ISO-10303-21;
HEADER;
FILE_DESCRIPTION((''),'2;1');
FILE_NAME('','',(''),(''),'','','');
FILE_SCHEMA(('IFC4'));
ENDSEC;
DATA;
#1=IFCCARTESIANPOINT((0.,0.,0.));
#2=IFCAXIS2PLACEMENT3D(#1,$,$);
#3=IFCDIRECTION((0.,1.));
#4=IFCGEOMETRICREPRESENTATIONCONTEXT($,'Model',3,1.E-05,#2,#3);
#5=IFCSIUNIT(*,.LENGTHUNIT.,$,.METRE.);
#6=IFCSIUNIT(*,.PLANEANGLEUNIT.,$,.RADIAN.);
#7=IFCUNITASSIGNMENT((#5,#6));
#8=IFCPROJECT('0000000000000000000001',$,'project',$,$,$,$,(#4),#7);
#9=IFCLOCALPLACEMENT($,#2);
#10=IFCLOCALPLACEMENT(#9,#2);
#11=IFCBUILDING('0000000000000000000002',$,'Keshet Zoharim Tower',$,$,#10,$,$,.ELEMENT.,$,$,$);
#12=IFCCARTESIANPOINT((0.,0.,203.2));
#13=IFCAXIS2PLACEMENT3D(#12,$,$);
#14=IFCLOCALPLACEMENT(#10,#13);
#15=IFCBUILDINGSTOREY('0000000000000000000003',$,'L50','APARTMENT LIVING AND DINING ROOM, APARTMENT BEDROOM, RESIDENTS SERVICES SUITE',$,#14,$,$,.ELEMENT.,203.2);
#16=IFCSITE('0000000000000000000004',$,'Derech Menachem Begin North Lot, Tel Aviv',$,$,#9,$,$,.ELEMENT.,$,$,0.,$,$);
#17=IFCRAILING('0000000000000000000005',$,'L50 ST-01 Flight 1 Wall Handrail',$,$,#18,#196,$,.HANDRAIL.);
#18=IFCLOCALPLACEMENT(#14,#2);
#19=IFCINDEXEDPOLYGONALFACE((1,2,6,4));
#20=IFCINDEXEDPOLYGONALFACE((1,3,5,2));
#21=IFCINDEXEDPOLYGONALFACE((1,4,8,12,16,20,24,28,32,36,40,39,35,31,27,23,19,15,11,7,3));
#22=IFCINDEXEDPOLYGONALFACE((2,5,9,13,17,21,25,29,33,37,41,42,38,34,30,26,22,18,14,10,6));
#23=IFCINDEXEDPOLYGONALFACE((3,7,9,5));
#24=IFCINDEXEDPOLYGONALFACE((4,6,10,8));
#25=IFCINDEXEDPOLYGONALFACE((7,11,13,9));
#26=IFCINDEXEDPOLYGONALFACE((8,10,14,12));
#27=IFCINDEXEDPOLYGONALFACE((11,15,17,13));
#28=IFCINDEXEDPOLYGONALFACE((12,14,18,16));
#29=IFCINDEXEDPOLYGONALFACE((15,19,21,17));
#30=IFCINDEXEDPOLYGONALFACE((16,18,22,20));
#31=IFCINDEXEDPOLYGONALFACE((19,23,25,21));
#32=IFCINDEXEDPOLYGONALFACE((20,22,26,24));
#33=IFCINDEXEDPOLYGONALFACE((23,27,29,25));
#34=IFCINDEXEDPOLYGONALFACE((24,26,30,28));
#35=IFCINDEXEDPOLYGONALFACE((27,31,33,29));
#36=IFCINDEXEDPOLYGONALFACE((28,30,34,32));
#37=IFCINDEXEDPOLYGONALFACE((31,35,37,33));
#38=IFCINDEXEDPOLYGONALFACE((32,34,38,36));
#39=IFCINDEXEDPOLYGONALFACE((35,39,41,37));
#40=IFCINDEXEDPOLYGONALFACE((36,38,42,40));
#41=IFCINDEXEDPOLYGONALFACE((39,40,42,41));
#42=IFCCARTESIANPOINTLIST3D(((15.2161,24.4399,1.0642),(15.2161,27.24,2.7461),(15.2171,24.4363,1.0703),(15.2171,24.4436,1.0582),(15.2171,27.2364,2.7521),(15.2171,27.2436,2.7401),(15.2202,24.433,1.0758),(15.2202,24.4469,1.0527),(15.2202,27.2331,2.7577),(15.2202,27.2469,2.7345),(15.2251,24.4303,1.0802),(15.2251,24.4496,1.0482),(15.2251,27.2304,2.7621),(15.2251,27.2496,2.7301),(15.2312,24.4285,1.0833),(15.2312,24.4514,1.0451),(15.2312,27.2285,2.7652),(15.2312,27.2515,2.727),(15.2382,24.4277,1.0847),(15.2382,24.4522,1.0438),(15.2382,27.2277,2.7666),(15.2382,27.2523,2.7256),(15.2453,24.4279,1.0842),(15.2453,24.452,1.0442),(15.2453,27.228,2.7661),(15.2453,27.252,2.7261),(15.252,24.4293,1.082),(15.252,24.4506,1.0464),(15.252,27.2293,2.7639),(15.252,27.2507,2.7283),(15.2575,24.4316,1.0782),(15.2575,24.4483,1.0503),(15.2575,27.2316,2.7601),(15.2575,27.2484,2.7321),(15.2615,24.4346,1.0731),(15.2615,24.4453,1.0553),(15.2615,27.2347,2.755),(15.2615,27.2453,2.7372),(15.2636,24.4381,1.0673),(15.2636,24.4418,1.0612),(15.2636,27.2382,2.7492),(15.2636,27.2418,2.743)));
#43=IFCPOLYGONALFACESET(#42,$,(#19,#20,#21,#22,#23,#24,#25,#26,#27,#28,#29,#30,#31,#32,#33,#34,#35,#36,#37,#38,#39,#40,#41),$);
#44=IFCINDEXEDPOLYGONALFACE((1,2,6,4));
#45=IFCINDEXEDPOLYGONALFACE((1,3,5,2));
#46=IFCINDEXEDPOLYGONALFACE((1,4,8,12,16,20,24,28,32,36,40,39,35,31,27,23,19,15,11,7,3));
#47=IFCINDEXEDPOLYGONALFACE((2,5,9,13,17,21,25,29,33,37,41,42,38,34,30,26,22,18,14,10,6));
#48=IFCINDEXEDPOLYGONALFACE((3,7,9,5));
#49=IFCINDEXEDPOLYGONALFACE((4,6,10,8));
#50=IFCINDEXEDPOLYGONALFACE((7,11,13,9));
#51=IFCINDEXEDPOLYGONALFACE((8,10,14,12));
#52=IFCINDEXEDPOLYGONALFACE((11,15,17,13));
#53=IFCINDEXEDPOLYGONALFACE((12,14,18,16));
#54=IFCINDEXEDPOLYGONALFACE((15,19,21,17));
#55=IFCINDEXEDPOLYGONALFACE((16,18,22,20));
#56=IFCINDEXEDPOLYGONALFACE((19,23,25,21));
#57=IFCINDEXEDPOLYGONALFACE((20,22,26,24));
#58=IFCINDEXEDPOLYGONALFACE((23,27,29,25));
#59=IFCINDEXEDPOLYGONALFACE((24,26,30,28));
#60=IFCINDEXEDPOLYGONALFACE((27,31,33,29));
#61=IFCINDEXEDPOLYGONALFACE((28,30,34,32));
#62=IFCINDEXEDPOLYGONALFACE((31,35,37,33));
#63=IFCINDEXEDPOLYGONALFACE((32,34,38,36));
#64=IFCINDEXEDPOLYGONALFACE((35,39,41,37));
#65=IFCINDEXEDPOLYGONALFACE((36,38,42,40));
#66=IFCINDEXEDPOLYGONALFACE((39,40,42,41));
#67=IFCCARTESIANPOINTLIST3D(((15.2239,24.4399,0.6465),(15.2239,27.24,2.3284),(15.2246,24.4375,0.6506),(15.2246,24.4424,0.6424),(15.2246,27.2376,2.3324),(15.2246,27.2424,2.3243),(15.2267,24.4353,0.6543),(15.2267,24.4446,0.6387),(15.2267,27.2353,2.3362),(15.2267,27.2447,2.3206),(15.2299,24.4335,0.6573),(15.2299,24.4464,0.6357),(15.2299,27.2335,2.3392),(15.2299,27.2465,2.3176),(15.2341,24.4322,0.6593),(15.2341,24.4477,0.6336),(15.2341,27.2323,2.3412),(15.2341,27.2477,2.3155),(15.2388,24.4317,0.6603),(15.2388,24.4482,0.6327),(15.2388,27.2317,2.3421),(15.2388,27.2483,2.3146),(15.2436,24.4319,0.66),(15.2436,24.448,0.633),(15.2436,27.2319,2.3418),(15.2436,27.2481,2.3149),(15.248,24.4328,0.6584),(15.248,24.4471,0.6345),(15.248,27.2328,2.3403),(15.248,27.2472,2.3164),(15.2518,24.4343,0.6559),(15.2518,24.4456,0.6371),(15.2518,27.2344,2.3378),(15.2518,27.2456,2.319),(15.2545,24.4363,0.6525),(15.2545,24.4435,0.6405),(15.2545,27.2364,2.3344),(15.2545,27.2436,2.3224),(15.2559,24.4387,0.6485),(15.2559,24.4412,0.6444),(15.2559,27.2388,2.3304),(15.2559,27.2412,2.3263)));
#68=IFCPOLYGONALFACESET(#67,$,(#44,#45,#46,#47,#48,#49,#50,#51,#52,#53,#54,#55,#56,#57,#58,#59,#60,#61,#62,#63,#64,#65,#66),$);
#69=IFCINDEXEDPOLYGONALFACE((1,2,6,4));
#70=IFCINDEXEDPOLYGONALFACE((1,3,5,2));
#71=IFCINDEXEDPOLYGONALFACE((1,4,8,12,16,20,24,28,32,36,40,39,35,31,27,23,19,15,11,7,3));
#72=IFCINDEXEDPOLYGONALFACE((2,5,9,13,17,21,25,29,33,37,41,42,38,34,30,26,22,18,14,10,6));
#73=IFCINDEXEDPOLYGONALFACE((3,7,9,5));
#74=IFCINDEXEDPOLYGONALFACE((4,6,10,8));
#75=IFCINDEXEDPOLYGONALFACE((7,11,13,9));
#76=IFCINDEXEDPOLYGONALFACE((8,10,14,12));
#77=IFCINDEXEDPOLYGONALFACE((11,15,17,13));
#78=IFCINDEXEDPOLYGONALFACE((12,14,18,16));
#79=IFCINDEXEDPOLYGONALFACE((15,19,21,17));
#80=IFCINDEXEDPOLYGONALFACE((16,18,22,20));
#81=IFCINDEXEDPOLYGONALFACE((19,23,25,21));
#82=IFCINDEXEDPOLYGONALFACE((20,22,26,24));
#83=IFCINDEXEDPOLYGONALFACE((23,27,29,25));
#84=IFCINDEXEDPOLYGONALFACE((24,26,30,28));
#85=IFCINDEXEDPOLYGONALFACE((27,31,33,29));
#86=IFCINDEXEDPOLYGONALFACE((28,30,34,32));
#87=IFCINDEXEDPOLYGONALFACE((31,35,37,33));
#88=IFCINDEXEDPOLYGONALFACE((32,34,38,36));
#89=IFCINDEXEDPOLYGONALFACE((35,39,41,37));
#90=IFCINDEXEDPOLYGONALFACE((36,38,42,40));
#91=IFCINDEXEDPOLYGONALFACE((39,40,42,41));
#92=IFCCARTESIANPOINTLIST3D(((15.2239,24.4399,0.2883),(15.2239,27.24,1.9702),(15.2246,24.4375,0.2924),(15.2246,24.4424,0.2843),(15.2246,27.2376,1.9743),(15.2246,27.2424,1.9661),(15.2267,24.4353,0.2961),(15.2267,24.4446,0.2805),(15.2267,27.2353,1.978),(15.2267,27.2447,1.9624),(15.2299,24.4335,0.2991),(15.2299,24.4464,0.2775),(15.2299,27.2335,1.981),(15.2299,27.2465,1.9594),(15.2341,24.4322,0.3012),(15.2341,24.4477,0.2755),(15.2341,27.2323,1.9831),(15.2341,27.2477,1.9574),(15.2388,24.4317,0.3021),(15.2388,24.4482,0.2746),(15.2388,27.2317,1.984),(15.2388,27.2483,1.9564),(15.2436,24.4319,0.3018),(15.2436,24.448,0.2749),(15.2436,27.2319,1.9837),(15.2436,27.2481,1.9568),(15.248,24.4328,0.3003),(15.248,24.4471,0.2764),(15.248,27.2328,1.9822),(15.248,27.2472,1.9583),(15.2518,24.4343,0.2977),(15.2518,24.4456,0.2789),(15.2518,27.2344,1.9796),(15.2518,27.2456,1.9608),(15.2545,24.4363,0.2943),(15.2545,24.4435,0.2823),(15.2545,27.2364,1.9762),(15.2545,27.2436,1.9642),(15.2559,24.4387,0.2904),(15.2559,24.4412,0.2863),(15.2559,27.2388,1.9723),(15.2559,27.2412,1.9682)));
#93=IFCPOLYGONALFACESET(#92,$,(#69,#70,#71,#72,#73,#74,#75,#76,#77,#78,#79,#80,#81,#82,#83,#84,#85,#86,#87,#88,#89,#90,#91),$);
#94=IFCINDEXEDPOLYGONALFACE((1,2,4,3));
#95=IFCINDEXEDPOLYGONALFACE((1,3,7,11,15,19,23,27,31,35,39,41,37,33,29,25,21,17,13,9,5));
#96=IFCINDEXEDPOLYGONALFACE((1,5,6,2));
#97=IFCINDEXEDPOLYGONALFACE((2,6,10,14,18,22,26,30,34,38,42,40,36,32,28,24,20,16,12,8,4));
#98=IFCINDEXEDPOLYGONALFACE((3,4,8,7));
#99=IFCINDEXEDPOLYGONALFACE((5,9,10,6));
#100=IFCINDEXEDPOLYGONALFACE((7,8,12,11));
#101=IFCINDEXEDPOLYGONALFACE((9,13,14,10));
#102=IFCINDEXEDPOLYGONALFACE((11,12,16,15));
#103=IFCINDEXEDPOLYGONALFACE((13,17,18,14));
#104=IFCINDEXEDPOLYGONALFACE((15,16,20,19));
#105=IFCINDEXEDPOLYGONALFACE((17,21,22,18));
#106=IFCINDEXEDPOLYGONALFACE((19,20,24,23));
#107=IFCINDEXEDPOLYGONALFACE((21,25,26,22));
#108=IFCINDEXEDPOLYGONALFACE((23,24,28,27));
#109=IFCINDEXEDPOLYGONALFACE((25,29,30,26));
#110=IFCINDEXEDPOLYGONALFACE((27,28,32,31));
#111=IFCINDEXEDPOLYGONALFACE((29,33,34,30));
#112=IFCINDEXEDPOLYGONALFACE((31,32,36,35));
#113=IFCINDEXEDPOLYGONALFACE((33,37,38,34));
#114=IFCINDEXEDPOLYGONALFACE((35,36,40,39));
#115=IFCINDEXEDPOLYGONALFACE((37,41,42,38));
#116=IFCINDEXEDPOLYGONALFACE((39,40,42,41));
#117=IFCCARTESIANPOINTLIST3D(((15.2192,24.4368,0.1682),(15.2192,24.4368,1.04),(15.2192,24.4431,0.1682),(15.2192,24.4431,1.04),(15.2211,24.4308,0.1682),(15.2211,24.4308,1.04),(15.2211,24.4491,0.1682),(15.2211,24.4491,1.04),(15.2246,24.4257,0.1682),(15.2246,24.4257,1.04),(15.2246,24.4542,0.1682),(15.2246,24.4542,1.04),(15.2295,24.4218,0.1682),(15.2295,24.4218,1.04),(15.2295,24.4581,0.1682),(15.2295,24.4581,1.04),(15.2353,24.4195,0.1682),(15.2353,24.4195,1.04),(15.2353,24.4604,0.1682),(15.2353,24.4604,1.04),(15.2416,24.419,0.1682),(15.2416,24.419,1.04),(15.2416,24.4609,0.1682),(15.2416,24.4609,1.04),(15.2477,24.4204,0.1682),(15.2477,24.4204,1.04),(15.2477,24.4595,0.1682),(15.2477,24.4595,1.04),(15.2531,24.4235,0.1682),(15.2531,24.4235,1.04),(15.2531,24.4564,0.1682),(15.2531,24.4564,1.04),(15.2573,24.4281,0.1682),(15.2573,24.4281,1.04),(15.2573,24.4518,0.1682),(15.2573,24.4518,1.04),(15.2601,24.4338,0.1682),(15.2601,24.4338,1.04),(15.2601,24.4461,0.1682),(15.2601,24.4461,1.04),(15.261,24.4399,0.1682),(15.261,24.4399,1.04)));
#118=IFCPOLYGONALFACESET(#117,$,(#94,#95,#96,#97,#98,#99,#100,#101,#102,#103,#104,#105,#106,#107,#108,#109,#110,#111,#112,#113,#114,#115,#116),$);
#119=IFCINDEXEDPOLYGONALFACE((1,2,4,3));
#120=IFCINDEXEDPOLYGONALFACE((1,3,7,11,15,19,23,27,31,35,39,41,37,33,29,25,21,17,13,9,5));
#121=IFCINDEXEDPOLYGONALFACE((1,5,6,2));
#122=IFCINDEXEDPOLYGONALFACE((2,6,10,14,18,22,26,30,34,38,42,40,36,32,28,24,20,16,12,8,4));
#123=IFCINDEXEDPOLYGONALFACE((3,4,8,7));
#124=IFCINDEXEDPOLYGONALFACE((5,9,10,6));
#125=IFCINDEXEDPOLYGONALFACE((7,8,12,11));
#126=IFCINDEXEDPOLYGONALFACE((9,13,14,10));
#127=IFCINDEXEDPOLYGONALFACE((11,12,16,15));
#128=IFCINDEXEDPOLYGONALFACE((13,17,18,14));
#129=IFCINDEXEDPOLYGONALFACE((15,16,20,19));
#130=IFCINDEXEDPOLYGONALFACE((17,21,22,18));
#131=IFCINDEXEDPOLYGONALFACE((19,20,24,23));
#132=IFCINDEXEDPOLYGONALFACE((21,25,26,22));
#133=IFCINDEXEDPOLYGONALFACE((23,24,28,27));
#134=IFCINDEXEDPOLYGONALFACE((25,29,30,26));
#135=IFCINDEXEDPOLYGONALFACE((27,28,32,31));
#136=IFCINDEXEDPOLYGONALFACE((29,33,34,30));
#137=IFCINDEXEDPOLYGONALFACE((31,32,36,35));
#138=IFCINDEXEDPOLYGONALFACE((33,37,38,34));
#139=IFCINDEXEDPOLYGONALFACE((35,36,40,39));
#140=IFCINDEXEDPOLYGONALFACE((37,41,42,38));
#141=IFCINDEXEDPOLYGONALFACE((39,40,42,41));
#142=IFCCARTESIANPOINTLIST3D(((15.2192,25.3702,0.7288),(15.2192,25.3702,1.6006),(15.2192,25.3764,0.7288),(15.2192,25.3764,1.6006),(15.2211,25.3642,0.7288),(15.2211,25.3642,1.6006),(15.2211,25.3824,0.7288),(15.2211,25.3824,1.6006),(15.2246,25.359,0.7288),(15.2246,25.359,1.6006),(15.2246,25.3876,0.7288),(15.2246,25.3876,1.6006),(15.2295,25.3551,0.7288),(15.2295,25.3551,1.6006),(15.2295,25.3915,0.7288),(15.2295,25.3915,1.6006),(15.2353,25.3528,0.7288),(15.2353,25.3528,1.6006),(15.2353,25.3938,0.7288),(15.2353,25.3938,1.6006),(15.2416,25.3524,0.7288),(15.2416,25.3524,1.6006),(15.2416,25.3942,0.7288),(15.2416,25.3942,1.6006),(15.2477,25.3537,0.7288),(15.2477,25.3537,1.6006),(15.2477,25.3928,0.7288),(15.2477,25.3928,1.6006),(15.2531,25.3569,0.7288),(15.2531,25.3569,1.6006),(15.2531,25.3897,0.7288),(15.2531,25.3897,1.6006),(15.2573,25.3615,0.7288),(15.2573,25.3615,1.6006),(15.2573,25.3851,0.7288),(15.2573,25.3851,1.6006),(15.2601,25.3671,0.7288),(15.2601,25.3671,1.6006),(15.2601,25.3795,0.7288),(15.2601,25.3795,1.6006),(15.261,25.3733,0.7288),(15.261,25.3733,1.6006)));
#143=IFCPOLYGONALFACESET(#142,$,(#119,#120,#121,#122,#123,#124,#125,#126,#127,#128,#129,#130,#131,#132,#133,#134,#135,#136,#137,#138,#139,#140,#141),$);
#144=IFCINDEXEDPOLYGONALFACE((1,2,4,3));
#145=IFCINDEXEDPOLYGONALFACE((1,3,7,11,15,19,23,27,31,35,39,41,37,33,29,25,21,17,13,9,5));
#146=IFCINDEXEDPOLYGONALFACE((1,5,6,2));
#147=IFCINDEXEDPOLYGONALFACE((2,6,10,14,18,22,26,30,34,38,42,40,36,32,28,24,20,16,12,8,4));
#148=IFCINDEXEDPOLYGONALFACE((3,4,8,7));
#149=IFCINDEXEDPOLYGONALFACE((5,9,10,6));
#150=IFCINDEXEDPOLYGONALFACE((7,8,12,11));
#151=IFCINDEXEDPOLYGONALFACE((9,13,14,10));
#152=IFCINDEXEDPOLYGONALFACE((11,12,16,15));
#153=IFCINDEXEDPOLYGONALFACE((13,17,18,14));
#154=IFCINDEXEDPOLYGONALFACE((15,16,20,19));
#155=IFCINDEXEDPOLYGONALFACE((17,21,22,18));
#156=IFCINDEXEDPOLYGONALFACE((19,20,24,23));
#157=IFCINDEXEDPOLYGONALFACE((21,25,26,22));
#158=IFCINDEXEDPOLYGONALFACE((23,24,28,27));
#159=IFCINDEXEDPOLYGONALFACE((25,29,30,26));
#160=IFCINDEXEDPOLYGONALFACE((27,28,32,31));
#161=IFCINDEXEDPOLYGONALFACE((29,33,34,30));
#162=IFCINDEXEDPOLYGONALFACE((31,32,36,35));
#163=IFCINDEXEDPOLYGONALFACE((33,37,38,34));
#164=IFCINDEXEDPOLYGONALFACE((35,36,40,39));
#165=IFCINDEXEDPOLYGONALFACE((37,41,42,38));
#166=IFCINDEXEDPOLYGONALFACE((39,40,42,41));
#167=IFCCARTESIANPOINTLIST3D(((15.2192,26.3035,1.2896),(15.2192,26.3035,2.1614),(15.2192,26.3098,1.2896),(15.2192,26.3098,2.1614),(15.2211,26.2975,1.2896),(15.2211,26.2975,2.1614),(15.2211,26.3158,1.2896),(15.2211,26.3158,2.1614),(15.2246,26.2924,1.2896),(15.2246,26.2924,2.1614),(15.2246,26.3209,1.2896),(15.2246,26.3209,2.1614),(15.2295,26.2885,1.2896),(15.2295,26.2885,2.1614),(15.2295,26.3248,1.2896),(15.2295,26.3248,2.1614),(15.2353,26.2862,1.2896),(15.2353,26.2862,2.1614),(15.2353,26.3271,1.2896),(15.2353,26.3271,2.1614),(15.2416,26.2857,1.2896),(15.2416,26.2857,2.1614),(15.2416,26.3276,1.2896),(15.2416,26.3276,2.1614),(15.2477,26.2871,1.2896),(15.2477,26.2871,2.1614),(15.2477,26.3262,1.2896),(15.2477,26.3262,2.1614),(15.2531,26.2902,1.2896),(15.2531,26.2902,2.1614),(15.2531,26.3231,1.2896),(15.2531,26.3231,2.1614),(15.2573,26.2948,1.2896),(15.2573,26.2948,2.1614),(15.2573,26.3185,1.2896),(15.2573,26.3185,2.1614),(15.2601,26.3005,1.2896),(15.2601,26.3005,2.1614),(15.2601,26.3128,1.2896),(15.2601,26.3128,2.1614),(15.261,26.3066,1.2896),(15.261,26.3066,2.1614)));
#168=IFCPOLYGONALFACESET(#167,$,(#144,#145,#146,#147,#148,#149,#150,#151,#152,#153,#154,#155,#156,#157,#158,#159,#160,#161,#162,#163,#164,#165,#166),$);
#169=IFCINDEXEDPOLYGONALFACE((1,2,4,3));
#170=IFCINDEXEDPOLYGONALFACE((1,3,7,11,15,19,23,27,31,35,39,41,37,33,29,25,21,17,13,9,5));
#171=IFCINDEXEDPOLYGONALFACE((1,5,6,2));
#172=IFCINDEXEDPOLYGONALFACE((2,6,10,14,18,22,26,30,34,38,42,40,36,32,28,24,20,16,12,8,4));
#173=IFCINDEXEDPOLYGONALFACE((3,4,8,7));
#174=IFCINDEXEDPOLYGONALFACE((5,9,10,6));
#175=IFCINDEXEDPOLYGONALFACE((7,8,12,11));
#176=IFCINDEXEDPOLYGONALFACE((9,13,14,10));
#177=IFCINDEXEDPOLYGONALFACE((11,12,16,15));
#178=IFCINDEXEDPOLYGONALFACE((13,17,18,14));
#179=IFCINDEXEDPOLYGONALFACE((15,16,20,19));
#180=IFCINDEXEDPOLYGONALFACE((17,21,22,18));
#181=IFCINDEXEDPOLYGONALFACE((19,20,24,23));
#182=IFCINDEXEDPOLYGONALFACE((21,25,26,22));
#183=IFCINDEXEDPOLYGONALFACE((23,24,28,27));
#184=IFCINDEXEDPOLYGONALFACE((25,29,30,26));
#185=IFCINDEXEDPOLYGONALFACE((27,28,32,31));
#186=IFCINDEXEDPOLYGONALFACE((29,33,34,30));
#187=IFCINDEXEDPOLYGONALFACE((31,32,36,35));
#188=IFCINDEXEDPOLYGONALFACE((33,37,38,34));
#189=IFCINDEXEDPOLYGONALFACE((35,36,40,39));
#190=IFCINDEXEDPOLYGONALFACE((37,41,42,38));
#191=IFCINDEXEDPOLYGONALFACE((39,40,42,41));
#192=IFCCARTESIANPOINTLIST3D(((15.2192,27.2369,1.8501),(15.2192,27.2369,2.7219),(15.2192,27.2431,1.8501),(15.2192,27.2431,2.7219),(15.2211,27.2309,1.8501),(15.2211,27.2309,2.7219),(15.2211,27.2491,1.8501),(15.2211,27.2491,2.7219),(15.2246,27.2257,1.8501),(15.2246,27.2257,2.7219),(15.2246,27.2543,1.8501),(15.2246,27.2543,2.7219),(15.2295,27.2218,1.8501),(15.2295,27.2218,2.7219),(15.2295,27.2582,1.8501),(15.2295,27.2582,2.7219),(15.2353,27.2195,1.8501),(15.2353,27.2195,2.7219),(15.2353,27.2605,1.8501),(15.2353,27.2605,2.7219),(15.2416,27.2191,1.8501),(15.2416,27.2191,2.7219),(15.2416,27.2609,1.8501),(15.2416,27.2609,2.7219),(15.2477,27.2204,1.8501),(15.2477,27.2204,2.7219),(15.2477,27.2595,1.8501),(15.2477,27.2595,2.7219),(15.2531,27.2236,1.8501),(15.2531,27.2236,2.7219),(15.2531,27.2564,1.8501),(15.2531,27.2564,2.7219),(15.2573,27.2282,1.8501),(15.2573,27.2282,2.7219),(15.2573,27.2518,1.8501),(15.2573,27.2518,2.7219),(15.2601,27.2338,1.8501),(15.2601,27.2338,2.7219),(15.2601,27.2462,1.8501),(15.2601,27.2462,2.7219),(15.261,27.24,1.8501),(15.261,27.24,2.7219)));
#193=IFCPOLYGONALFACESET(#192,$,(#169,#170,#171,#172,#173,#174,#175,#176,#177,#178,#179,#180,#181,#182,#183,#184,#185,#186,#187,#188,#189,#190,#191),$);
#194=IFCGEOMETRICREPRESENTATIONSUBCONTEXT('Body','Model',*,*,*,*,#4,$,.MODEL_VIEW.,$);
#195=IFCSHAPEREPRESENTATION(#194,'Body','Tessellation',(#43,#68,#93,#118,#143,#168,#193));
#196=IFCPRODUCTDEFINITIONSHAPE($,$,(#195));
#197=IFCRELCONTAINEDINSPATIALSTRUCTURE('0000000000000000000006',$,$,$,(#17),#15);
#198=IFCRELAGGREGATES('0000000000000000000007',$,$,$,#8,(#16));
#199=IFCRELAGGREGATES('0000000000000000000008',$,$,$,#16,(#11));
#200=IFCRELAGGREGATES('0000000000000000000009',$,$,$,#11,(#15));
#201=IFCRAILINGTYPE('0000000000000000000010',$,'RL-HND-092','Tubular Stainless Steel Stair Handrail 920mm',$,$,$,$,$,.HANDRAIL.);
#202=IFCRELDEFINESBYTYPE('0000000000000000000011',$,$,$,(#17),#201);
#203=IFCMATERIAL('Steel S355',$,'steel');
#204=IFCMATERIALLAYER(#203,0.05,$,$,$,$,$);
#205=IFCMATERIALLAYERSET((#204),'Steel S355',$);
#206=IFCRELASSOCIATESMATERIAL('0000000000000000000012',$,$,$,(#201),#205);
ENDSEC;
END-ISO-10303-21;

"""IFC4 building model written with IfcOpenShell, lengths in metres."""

from ifc_helpers import new_model, si_unit, direction, frame, origin, origin_2d, place, context, subcontext, project, spatial, circle, extrude, material, layer, layer_set, type_object, element, save


model = new_model("IFC4")

# Units and contexts
model_context = context("Model", 3, precision=1e-05, world=origin(), true_north=direction((0.0, 1.0)))
body_context = subcontext(model_context, "Body", "Model", "MODEL_VIEW")
ifc_project = project(units=[si_unit("LENGTHUNIT", "METRE"), si_unit("PLANEANGLEUNIT", "RADIAN")], contexts=[model_context])

# Site, building, storey
site_placement = place(None, origin())
site = spatial("IfcSite", under=ifc_project, at=site_placement, Name="Derech Menachem Begin North Lot, Tel Aviv", CompositionType="ELEMENT", RefElevation=0.0)
building_placement = place(site_placement, origin())
building = spatial("IfcBuilding", under=site, at=building_placement, Name="Keshet Zoharim Tower", CompositionType="ELEMENT")
storey_placement = place(building_placement, frame((0.0, 0.0, 203.2)))
storey = spatial("IfcBuildingStorey", under=building, at=storey_placement, Name="L50", Description="APARTMENT LIVING AND DINING ROOM, APARTMENT BEDROOM, RESIDENTS SERVICES SUITE", CompositionType="ELEMENT", Elevation=203.2)

# Railing
ifc_material_1 = material(Name="Steel S355", Category="steel")
ifc_layer_1 = layer(ifc_material_1, 0.05)
ifc_layer_set_1 = layer_set([ifc_layer_1], Name="Steel S355")
railing_type_1 = type_object("IfcRailingType", Name="RL-HND-092", Description="Tubular Stainless Steel Stair Handrail 920mm", PredefinedType="HANDRAIL", material=ifc_layer_set_1)
for number, where, name in (
    (1, (15.24, 24.4399, 0.1682), "L50 ST-01 Flight 1 Wall Handrail"),
):
    element("IfcRailing", number, at=place(storey_placement, frame(where)), inside=storey, type_object=railing_type_1, Name=name, PredefinedType="HANDRAIL", context=body_context, shape_type="SweptSolid", body=[
        extrude(circle(Radius=0.0239, at=origin_2d()), frame((0.0, 0.0, 0.896), z_axis=(0.0, 0.857242, 0.514913), x_axis=(-1.0, 0.0, 0.0)), (0.0, 0.0, 1.0), 3.2664),
        extrude(circle(Radius=0.0161, at=origin_2d()), frame((0.0, 0.0, 0.4783), z_axis=(0.0, 0.857242, 0.514913), x_axis=(-1.0, 0.0, 0.0)), (0.0, 0.0, 1.0), 3.2664),
        extrude(circle(Radius=0.0161, at=origin_2d()), frame((0.0, 0.0, 0.1201), z_axis=(0.0, 0.857242, 0.514913), x_axis=(-1.0, 0.0, 0.0)), (0.0, 0.0, 1.0), 3.2664),
        extrude(circle(Radius=0.021, at=origin_2d()), origin(), (0.0, 0.0, 1.0), 0.8718),
        extrude(circle(Radius=0.021, at=origin_2d()), frame((0.0, 0.9333, 0.5605)), (0.0, 0.0, 1.0), 0.8718),
        extrude(circle(Radius=0.021, at=origin_2d()), frame((0.0, 1.8667, 1.1213)), (0.0, 0.0, 1.0), 0.8718),
        extrude(circle(Radius=0.021, at=origin_2d()), frame((0.0, 2.8, 1.6819)), (0.0, 0.0, 1.0), 0.8718),
    ])

save(model, "model.ifc")
